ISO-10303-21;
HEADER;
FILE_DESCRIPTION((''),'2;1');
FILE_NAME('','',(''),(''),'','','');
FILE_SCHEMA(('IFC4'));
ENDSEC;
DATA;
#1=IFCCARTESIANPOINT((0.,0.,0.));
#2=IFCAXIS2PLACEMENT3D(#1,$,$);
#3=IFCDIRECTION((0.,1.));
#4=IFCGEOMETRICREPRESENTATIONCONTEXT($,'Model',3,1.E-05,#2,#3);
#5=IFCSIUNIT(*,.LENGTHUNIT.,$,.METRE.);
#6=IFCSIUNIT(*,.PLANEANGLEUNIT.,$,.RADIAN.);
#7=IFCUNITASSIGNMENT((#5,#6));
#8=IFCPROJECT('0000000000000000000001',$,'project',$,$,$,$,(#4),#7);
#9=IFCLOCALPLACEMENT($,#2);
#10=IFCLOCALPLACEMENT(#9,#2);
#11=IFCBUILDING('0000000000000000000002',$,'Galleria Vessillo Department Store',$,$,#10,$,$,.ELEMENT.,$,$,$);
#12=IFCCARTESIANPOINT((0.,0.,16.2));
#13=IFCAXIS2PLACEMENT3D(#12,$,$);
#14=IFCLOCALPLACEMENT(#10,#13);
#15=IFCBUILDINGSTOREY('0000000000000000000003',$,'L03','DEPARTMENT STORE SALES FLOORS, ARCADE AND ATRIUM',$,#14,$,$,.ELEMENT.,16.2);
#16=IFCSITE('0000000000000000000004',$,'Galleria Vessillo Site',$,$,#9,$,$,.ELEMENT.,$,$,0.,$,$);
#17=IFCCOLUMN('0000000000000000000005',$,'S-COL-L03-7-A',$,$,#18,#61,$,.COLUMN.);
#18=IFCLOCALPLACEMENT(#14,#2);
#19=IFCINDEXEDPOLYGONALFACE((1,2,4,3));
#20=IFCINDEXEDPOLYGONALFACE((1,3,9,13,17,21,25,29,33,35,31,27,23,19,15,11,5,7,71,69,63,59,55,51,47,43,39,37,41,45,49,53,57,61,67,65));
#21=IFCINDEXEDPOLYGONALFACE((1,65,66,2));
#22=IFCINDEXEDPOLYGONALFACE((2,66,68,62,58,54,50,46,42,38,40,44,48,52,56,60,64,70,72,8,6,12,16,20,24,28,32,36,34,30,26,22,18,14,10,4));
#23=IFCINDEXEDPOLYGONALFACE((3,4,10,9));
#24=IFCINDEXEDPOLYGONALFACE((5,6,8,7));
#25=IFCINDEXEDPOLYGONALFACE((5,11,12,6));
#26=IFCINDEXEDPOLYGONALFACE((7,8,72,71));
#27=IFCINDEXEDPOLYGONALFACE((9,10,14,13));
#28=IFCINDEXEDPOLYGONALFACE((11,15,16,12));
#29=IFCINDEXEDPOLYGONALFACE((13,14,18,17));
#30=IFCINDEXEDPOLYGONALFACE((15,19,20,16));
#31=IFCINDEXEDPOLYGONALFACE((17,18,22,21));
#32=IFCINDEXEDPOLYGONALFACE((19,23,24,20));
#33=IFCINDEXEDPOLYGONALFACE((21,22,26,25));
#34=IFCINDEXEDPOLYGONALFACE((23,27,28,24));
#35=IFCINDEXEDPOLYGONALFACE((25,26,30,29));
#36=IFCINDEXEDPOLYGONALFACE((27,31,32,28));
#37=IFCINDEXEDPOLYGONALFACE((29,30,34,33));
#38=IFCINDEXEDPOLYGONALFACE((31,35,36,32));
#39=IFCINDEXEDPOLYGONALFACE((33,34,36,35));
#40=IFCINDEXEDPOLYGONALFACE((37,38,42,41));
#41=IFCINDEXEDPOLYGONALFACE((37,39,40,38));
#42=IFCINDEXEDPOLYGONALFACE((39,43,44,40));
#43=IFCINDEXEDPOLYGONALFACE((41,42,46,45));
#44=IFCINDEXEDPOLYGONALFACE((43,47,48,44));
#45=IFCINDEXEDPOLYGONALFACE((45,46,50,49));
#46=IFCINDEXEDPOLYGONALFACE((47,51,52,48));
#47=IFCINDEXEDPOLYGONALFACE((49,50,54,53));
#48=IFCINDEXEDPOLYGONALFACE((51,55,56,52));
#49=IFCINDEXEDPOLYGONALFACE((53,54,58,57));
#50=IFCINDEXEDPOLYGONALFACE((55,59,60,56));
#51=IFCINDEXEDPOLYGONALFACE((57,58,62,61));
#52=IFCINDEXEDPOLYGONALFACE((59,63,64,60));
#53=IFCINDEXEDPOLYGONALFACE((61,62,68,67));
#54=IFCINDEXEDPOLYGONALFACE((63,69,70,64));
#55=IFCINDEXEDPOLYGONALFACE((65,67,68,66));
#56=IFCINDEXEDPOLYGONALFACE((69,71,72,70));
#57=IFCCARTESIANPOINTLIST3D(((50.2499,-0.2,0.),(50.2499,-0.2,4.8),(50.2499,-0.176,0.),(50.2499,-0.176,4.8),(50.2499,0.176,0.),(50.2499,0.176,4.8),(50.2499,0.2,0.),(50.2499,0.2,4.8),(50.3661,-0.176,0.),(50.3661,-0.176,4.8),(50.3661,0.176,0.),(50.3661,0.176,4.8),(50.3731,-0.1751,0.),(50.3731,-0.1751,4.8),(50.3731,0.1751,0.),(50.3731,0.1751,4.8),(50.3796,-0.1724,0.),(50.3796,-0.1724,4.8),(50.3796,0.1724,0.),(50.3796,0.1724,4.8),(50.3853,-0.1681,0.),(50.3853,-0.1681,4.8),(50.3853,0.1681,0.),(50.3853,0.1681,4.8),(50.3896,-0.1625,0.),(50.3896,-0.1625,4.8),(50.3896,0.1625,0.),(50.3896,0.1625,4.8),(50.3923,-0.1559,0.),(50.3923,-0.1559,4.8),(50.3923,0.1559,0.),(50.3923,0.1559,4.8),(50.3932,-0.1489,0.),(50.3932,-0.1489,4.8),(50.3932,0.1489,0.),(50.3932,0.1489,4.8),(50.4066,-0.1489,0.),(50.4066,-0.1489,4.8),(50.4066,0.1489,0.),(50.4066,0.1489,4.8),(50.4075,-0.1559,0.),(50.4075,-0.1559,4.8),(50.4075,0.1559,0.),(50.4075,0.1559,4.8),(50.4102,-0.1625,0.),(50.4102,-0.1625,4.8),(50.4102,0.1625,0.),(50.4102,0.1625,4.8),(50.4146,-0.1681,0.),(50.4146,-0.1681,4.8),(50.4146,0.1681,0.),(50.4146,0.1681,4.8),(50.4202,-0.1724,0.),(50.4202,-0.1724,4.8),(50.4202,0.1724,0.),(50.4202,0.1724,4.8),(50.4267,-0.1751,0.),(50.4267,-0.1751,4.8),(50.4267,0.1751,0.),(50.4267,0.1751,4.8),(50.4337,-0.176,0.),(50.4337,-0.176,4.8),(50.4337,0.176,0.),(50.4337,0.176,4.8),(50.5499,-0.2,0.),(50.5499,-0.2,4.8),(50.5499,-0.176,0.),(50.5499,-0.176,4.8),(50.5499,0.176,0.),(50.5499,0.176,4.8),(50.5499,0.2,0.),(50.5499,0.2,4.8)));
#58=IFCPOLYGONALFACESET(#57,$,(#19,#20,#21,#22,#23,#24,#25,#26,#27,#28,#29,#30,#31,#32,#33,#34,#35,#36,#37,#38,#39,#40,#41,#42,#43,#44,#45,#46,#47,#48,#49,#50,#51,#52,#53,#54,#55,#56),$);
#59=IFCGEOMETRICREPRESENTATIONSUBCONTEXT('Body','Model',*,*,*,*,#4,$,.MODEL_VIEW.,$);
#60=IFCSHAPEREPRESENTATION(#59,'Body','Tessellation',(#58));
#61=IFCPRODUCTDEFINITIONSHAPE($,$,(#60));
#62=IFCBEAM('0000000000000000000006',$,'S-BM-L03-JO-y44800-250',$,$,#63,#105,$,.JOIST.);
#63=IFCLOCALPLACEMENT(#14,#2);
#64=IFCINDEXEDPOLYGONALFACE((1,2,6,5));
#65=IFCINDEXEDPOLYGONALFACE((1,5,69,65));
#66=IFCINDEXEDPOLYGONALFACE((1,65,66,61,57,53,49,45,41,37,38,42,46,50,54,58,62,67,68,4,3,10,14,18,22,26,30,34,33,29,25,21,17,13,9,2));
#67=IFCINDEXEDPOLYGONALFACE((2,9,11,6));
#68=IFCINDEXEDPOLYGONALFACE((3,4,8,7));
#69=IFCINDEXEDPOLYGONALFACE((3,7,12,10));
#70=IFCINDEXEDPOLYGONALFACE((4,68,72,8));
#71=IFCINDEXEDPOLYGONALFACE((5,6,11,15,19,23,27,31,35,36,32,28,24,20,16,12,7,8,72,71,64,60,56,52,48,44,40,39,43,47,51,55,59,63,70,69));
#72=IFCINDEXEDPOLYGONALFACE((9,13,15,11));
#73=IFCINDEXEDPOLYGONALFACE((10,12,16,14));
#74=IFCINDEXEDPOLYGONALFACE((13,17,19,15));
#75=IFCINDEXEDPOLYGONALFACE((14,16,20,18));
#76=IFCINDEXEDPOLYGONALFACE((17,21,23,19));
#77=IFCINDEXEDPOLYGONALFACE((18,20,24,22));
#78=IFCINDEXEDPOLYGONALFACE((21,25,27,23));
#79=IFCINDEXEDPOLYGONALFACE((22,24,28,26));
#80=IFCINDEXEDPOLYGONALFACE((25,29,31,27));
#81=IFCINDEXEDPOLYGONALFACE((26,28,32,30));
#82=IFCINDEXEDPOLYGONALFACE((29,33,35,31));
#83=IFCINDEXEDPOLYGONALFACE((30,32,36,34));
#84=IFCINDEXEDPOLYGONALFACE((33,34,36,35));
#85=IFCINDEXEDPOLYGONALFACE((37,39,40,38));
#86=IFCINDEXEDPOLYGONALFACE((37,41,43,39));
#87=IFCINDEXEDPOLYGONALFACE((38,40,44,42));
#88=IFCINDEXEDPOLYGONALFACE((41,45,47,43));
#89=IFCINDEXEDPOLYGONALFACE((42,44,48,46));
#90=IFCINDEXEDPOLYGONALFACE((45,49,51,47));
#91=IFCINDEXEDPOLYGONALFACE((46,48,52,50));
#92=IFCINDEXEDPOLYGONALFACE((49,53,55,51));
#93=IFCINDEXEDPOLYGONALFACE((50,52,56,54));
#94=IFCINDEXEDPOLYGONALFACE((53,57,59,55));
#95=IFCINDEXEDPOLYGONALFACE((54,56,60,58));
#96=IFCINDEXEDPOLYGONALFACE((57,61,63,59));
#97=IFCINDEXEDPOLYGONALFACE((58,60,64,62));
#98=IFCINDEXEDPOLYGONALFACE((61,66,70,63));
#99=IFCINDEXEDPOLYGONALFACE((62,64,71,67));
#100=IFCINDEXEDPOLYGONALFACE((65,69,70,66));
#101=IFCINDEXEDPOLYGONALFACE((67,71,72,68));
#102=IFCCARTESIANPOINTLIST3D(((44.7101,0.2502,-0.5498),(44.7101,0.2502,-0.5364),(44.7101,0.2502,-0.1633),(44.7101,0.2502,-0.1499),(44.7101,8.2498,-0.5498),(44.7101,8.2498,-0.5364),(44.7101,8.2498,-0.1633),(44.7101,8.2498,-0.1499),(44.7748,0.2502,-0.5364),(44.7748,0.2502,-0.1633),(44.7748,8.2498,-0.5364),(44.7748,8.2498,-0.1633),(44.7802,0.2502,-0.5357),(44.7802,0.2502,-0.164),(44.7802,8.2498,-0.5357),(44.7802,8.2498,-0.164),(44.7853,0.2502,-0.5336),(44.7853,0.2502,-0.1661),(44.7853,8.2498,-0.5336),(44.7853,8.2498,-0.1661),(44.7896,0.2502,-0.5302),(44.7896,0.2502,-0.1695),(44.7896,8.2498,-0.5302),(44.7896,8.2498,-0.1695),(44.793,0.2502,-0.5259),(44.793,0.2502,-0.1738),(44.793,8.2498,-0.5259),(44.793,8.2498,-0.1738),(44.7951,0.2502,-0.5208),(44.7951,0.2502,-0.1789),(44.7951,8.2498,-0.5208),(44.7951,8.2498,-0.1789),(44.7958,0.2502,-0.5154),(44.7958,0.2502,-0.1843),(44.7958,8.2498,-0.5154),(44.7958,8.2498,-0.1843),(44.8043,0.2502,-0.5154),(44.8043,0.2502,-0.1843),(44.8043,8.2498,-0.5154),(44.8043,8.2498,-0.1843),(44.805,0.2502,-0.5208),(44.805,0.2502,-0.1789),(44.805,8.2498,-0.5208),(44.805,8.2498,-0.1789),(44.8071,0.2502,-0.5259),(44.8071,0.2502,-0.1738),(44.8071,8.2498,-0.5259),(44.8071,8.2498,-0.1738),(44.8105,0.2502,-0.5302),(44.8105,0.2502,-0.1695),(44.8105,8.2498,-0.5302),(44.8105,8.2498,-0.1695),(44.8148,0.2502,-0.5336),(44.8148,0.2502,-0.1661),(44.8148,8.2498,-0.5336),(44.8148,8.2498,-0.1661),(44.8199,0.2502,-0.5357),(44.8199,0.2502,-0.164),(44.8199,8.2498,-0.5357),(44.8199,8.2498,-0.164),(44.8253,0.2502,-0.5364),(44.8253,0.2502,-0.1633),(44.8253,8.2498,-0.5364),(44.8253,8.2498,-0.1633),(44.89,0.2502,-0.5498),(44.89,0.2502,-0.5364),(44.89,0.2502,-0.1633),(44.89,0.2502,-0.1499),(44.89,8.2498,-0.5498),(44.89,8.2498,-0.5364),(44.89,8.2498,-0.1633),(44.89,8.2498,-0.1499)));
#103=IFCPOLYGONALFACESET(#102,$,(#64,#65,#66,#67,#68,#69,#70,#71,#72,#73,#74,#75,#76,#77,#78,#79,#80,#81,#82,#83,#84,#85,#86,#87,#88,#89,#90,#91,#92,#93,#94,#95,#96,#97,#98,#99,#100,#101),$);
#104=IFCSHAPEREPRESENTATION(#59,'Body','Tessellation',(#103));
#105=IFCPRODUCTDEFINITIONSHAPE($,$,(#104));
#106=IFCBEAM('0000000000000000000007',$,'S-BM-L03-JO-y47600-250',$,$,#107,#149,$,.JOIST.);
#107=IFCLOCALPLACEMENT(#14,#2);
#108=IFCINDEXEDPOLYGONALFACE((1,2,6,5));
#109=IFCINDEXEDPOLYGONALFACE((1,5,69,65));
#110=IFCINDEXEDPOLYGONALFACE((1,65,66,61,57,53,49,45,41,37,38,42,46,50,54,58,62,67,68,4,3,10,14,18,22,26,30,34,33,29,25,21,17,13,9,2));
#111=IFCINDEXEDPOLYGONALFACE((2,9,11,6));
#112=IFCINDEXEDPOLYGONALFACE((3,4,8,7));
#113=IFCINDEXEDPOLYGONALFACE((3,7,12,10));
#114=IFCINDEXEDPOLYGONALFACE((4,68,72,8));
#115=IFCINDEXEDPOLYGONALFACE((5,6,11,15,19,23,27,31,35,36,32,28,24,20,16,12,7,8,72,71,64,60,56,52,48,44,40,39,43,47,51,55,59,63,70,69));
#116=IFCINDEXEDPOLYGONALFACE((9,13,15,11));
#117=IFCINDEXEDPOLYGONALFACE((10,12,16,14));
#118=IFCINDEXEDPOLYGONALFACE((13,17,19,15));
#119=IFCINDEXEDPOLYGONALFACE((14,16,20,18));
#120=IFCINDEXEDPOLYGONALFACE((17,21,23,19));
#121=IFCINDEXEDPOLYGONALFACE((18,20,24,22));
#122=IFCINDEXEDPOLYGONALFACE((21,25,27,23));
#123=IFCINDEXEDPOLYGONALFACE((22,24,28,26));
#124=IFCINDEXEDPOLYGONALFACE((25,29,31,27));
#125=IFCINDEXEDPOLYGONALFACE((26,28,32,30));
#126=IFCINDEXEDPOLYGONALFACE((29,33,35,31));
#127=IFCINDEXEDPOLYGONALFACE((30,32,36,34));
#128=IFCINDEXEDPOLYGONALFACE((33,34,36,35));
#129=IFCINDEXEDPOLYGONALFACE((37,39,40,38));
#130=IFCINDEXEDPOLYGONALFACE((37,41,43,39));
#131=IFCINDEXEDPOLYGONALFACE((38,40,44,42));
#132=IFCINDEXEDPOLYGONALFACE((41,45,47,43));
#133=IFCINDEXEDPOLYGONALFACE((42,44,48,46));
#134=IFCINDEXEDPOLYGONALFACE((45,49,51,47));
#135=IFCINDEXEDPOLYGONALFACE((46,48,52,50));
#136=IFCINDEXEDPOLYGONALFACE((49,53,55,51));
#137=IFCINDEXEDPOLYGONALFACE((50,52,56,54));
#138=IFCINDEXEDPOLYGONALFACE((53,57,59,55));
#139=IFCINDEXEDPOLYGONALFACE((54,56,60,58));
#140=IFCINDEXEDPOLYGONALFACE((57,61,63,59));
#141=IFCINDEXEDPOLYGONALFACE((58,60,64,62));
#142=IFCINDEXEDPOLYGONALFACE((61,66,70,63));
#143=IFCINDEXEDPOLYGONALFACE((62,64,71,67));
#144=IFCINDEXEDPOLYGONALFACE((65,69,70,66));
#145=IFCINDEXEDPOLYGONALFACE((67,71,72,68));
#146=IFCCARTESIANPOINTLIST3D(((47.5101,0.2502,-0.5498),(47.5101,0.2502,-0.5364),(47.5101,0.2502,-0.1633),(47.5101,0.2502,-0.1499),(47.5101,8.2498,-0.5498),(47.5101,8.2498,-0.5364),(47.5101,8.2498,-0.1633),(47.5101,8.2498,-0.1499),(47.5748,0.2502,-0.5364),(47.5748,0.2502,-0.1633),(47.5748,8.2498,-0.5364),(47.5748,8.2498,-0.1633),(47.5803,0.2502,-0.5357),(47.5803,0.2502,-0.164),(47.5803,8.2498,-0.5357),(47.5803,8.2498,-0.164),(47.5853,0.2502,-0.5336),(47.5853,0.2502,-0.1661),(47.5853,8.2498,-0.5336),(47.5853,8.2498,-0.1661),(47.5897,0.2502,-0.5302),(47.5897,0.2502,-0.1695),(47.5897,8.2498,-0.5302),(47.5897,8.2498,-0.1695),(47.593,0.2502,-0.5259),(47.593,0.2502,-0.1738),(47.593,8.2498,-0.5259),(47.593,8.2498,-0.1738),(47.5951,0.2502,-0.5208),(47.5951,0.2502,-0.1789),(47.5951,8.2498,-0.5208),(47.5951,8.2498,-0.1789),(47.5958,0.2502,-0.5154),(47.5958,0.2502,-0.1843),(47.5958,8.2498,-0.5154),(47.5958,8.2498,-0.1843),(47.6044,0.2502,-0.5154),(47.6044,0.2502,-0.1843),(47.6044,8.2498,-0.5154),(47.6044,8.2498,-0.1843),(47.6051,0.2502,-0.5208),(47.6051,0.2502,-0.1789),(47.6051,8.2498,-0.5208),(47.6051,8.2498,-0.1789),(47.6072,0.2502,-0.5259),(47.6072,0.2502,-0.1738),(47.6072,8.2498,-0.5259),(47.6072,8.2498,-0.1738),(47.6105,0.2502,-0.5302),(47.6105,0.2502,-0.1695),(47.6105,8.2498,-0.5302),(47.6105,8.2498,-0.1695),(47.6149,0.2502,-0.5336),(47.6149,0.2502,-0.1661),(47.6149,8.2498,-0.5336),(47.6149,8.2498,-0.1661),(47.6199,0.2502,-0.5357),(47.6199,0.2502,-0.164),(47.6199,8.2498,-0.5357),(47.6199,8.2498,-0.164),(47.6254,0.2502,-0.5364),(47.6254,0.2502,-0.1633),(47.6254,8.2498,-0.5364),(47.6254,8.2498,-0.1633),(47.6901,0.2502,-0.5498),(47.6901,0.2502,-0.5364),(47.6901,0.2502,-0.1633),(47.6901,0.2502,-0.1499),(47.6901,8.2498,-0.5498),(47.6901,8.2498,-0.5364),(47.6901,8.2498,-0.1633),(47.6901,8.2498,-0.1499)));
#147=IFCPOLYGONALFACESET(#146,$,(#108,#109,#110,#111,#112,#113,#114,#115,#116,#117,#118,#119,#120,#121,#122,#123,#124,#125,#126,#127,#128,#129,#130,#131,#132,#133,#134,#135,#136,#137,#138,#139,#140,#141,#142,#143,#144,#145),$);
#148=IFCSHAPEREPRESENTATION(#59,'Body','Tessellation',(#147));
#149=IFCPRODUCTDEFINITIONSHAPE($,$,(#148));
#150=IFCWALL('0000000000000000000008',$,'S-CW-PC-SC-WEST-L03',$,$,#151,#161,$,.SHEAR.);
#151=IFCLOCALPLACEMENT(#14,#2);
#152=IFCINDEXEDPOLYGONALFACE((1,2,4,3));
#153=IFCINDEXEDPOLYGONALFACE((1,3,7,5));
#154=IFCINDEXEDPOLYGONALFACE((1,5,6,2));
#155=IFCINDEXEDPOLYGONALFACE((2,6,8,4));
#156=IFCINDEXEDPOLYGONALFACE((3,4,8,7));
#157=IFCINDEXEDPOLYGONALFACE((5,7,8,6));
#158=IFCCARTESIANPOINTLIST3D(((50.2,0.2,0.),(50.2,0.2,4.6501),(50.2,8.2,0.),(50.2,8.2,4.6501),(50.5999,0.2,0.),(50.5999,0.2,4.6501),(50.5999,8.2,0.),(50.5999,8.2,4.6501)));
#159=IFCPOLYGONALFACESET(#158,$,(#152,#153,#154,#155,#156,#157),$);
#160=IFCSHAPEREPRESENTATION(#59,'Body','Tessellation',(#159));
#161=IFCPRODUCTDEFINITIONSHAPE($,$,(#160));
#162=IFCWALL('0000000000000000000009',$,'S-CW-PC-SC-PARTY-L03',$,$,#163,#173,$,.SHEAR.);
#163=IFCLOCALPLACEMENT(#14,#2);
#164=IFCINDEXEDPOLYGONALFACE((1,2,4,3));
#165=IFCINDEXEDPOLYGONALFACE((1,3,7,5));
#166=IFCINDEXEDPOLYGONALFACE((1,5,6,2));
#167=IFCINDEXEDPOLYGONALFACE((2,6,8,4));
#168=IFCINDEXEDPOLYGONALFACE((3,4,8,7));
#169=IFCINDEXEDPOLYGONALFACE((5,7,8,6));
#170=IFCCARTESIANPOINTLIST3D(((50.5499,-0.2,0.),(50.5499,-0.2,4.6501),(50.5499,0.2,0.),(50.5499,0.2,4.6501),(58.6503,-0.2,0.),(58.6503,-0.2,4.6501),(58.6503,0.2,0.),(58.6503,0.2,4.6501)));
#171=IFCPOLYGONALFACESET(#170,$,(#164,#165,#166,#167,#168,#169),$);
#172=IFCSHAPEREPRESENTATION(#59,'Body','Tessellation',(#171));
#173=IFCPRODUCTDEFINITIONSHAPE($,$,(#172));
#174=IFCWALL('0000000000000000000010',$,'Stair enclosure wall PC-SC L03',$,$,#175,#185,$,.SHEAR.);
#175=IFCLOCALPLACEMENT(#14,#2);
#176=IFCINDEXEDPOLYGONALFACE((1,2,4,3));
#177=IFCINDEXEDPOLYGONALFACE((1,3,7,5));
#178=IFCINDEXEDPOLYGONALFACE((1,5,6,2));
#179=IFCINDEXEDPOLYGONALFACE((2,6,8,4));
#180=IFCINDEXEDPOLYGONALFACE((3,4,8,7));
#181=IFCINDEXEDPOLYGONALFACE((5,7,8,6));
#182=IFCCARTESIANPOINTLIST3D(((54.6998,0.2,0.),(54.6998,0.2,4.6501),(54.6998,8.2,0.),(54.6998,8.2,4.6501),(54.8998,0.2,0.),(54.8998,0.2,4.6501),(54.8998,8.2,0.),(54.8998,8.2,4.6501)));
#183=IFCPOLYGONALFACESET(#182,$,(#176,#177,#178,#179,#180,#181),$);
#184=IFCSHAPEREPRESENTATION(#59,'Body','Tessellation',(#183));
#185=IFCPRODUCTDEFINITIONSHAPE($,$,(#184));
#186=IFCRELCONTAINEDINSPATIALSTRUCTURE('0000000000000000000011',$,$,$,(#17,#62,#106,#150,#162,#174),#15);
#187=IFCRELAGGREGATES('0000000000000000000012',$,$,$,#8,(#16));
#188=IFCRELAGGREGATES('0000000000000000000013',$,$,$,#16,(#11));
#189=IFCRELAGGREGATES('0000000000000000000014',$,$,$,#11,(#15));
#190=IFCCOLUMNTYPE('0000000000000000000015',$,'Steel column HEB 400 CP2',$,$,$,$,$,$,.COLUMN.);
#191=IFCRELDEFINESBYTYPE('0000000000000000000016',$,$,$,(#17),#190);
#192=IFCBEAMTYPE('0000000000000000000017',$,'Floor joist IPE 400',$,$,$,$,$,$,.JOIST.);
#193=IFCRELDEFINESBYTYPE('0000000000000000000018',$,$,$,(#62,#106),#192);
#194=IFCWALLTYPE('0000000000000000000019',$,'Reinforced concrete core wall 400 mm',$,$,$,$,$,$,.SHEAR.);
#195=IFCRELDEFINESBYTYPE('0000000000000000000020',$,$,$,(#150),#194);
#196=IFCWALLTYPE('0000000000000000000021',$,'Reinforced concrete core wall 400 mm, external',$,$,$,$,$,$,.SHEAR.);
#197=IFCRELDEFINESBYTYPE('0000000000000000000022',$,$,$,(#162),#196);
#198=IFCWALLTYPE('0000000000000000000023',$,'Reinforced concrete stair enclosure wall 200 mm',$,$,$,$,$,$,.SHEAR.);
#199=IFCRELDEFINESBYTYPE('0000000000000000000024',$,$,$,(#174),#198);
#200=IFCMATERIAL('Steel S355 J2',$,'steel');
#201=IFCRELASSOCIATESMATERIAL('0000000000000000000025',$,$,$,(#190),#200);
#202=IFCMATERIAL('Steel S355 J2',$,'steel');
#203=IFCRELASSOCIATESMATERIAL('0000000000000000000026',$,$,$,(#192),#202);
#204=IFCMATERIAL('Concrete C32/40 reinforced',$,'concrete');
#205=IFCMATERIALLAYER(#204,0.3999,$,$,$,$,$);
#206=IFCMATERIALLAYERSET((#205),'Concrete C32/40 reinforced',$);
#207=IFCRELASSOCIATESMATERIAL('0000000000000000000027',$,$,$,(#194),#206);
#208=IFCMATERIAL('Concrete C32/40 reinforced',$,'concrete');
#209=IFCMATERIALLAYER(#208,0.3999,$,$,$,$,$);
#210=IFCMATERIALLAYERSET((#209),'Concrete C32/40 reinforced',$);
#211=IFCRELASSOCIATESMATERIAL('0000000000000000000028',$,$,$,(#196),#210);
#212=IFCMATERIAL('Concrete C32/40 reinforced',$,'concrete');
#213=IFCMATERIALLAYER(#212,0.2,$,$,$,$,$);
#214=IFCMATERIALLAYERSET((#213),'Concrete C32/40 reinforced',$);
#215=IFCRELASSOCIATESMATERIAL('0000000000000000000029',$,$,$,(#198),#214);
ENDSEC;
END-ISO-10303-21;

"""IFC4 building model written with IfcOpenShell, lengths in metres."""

from ifc_helpers import new_model, si_unit, direction, frame, frame_2d, origin, origin_2d, place, context, subcontext, project, spatial, rectangle, i_section, extrude, material, layer, layer_set, material_profile, profile_set, type_object, element, save


model = new_model("IFC4")

# Units and contexts
model_context = context("Model", 3, precision=1e-05, world=origin(), true_north=direction((0.0, 1.0)))
body_context = subcontext(model_context, "Body", "Model", "MODEL_VIEW")
ifc_project = project(units=[si_unit("LENGTHUNIT", "METRE"), si_unit("PLANEANGLEUNIT", "RADIAN")], contexts=[model_context])

# Site, building, storey
site_placement = place(None, origin())
site = spatial("IfcSite", under=ifc_project, at=site_placement, Name="Galleria Vessillo Site", CompositionType="ELEMENT", RefElevation=0.0)
building_placement = place(site_placement, origin())
building = spatial("IfcBuilding", under=site, at=building_placement, Name="Galleria Vessillo Department Store", CompositionType="ELEMENT")
storey_placement = place(building_placement, frame((0.0, 0.0, 16.2)))
storey = spatial("IfcBuildingStorey", under=building, at=storey_placement, Name="L03", Description="DEPARTMENT STORE SALES FLOORS, ARCADE AND ATRIUM", CompositionType="ELEMENT", Elevation=16.2)

# Column
ifc_material_1 = material(Name="Steel S355 J2", Category="steel")
ifc_material_profile_1 = material_profile(ifc_material_1, i_section(OverallWidth=0.3, OverallDepth=0.3999, WebThickness=0.0134, FlangeThickness=0.0239, FilletRadius=0.0271, at=origin_2d()), Name="HEB 400")
ifc_profile_set_1 = profile_set([ifc_material_profile_1], Name="Steel S355 J2")
column_type = type_object("IfcColumnType", Name="Steel column HEB 400 CP2", PredefinedType="COLUMN", material=ifc_profile_set_1)
column_placement = place(storey_placement, frame((50.3999, 0.0, 0.0), z_axis=(0.0, 0.0, 1.0), x_axis=(1.0, 0.0, 0.0)))
element("IfcColumn", 1, at=column_placement, inside=storey, type_object=column_type, Name="S-COL-L03-7-A", PredefinedType="COLUMN", context=body_context, shape_type="SweptSolid", body=[
    extrude(i_section(OverallWidth=0.3, OverallDepth=0.3999, WebThickness=0.0134, FlangeThickness=0.0239, FilletRadius=0.0271, at=origin_2d()), origin(), (0.0, 0.0, 1.0), 4.8),
])

# Beams
ifc_material_2 = material(Name="Steel S355 J2", Category="steel")
ifc_material_profile_2 = material_profile(ifc_material_2, i_section(OverallWidth=0.1799, OverallDepth=0.3999, WebThickness=0.0085, FlangeThickness=0.0134, FilletRadius=0.021, at=origin_2d()), Name="IPE 400")
ifc_profile_set_2 = profile_set([ifc_material_profile_2], Name="Steel S355 J2")
beam_type = type_object("IfcBeamType", Name="Floor joist IPE 400", PredefinedType="JOIST", material=ifc_profile_set_2)
for number, where, z_axis, x_axis, name in (
    (2, (44.8, 0.2502, -0.3499), (0.0, 1.0, 0.0), (-1.0, 0.0, 0.0), "S-BM-L03-JO-y44800-250"),
    (3, (47.6001, 0.2502, -0.3499), (0.0, 1.0, 0.0), (-1.0, 0.0, 0.0), "S-BM-L03-JO-y47600-250"),
):
    element("IfcBeam", number, at=place(storey_placement, frame(where, z_axis=z_axis, x_axis=x_axis)), inside=storey, type_object=beam_type, Name=name, PredefinedType="JOIST", context=body_context, shape_type="SweptSolid", body=[
        extrude(i_section(OverallWidth=0.1799, OverallDepth=0.3999, WebThickness=0.0085, FlangeThickness=0.0134, FilletRadius=0.021, at=origin_2d()), origin(), (0.0, 0.0, 1.0), 7.9995),
    ])

# Walls
ifc_material_3 = material(Name="Concrete C32/40 reinforced", Category="concrete")
ifc_layer_1 = layer(ifc_material_3, 0.3999)
ifc_layer_set_1 = layer_set([ifc_layer_1], Name="Concrete C32/40 reinforced")
wall_type_1 = type_object("IfcWallType", Name="Reinforced concrete core wall 400 mm", PredefinedType="SHEAR", material=ifc_layer_set_1)
wall_1_placement = place(storey_placement, frame((50.3999, 0.2, 0.0), z_axis=(0.0, 0.0, 1.0), x_axis=(0.0, 1.0, 0.0)))
element("IfcWall", 4, at=wall_1_placement, inside=storey, type_object=wall_type_1, Name="S-CW-PC-SC-WEST-L03", PredefinedType="SHEAR", context=body_context, shape_type="SweptSolid", body=[
    extrude(rectangle(XDim=8.0, YDim=0.3999, at=frame_2d((4.0, 0.0))), origin(), (0.0, 0.0, 1.0), 4.6501),
])
ifc_material_4 = material(Name="Concrete C32/40 reinforced", Category="concrete")
ifc_layer_2 = layer(ifc_material_4, 0.3999)
ifc_layer_set_2 = layer_set([ifc_layer_2], Name="Concrete C32/40 reinforced")
wall_type_2 = type_object("IfcWallType", Name="Reinforced concrete core wall 400 mm, external", PredefinedType="SHEAR", material=ifc_layer_set_2)
wall_2_placement = place(storey_placement, frame((50.5498, 0.0, 0.0), z_axis=(0.0, 0.0, 1.0), x_axis=(1.0, 0.0, 0.0)))
element("IfcWall", 5, at=wall_2_placement, inside=storey, type_object=wall_type_2, Name="S-CW-PC-SC-PARTY-L03", PredefinedType="SHEAR", context=body_context, shape_type="SweptSolid", body=[
    extrude(rectangle(XDim=8.1003, YDim=0.3999, at=frame_2d((4.0503, 0.0))), origin(), (0.0, 0.0, 1.0), 4.6501),
])
ifc_material_5 = material(Name="Concrete C32/40 reinforced", Category="concrete")
ifc_layer_3 = layer(ifc_material_5, 0.2)
ifc_layer_set_3 = layer_set([ifc_layer_3], Name="Concrete C32/40 reinforced")
wall_type_3 = type_object("IfcWallType", Name="Reinforced concrete stair enclosure wall 200 mm", PredefinedType="SHEAR", material=ifc_layer_set_3)
wall_3_placement = place(storey_placement, frame((54.7998, 0.2, 0.0), z_axis=(0.0, 0.0, 1.0), x_axis=(0.0, 1.0, 0.0)))
element("IfcWall", 6, at=wall_3_placement, inside=storey, type_object=wall_type_3, Name="Stair enclosure wall PC-SC L03", PredefinedType="SHEAR", context=body_context, shape_type="SweptSolid", body=[
    extrude(rectangle(XDim=8.0, YDim=0.2, at=frame_2d((4.0, 0.0))), origin(), (0.0, 0.0, 1.0), 4.6501),
])

save(model, "model.ifc")
